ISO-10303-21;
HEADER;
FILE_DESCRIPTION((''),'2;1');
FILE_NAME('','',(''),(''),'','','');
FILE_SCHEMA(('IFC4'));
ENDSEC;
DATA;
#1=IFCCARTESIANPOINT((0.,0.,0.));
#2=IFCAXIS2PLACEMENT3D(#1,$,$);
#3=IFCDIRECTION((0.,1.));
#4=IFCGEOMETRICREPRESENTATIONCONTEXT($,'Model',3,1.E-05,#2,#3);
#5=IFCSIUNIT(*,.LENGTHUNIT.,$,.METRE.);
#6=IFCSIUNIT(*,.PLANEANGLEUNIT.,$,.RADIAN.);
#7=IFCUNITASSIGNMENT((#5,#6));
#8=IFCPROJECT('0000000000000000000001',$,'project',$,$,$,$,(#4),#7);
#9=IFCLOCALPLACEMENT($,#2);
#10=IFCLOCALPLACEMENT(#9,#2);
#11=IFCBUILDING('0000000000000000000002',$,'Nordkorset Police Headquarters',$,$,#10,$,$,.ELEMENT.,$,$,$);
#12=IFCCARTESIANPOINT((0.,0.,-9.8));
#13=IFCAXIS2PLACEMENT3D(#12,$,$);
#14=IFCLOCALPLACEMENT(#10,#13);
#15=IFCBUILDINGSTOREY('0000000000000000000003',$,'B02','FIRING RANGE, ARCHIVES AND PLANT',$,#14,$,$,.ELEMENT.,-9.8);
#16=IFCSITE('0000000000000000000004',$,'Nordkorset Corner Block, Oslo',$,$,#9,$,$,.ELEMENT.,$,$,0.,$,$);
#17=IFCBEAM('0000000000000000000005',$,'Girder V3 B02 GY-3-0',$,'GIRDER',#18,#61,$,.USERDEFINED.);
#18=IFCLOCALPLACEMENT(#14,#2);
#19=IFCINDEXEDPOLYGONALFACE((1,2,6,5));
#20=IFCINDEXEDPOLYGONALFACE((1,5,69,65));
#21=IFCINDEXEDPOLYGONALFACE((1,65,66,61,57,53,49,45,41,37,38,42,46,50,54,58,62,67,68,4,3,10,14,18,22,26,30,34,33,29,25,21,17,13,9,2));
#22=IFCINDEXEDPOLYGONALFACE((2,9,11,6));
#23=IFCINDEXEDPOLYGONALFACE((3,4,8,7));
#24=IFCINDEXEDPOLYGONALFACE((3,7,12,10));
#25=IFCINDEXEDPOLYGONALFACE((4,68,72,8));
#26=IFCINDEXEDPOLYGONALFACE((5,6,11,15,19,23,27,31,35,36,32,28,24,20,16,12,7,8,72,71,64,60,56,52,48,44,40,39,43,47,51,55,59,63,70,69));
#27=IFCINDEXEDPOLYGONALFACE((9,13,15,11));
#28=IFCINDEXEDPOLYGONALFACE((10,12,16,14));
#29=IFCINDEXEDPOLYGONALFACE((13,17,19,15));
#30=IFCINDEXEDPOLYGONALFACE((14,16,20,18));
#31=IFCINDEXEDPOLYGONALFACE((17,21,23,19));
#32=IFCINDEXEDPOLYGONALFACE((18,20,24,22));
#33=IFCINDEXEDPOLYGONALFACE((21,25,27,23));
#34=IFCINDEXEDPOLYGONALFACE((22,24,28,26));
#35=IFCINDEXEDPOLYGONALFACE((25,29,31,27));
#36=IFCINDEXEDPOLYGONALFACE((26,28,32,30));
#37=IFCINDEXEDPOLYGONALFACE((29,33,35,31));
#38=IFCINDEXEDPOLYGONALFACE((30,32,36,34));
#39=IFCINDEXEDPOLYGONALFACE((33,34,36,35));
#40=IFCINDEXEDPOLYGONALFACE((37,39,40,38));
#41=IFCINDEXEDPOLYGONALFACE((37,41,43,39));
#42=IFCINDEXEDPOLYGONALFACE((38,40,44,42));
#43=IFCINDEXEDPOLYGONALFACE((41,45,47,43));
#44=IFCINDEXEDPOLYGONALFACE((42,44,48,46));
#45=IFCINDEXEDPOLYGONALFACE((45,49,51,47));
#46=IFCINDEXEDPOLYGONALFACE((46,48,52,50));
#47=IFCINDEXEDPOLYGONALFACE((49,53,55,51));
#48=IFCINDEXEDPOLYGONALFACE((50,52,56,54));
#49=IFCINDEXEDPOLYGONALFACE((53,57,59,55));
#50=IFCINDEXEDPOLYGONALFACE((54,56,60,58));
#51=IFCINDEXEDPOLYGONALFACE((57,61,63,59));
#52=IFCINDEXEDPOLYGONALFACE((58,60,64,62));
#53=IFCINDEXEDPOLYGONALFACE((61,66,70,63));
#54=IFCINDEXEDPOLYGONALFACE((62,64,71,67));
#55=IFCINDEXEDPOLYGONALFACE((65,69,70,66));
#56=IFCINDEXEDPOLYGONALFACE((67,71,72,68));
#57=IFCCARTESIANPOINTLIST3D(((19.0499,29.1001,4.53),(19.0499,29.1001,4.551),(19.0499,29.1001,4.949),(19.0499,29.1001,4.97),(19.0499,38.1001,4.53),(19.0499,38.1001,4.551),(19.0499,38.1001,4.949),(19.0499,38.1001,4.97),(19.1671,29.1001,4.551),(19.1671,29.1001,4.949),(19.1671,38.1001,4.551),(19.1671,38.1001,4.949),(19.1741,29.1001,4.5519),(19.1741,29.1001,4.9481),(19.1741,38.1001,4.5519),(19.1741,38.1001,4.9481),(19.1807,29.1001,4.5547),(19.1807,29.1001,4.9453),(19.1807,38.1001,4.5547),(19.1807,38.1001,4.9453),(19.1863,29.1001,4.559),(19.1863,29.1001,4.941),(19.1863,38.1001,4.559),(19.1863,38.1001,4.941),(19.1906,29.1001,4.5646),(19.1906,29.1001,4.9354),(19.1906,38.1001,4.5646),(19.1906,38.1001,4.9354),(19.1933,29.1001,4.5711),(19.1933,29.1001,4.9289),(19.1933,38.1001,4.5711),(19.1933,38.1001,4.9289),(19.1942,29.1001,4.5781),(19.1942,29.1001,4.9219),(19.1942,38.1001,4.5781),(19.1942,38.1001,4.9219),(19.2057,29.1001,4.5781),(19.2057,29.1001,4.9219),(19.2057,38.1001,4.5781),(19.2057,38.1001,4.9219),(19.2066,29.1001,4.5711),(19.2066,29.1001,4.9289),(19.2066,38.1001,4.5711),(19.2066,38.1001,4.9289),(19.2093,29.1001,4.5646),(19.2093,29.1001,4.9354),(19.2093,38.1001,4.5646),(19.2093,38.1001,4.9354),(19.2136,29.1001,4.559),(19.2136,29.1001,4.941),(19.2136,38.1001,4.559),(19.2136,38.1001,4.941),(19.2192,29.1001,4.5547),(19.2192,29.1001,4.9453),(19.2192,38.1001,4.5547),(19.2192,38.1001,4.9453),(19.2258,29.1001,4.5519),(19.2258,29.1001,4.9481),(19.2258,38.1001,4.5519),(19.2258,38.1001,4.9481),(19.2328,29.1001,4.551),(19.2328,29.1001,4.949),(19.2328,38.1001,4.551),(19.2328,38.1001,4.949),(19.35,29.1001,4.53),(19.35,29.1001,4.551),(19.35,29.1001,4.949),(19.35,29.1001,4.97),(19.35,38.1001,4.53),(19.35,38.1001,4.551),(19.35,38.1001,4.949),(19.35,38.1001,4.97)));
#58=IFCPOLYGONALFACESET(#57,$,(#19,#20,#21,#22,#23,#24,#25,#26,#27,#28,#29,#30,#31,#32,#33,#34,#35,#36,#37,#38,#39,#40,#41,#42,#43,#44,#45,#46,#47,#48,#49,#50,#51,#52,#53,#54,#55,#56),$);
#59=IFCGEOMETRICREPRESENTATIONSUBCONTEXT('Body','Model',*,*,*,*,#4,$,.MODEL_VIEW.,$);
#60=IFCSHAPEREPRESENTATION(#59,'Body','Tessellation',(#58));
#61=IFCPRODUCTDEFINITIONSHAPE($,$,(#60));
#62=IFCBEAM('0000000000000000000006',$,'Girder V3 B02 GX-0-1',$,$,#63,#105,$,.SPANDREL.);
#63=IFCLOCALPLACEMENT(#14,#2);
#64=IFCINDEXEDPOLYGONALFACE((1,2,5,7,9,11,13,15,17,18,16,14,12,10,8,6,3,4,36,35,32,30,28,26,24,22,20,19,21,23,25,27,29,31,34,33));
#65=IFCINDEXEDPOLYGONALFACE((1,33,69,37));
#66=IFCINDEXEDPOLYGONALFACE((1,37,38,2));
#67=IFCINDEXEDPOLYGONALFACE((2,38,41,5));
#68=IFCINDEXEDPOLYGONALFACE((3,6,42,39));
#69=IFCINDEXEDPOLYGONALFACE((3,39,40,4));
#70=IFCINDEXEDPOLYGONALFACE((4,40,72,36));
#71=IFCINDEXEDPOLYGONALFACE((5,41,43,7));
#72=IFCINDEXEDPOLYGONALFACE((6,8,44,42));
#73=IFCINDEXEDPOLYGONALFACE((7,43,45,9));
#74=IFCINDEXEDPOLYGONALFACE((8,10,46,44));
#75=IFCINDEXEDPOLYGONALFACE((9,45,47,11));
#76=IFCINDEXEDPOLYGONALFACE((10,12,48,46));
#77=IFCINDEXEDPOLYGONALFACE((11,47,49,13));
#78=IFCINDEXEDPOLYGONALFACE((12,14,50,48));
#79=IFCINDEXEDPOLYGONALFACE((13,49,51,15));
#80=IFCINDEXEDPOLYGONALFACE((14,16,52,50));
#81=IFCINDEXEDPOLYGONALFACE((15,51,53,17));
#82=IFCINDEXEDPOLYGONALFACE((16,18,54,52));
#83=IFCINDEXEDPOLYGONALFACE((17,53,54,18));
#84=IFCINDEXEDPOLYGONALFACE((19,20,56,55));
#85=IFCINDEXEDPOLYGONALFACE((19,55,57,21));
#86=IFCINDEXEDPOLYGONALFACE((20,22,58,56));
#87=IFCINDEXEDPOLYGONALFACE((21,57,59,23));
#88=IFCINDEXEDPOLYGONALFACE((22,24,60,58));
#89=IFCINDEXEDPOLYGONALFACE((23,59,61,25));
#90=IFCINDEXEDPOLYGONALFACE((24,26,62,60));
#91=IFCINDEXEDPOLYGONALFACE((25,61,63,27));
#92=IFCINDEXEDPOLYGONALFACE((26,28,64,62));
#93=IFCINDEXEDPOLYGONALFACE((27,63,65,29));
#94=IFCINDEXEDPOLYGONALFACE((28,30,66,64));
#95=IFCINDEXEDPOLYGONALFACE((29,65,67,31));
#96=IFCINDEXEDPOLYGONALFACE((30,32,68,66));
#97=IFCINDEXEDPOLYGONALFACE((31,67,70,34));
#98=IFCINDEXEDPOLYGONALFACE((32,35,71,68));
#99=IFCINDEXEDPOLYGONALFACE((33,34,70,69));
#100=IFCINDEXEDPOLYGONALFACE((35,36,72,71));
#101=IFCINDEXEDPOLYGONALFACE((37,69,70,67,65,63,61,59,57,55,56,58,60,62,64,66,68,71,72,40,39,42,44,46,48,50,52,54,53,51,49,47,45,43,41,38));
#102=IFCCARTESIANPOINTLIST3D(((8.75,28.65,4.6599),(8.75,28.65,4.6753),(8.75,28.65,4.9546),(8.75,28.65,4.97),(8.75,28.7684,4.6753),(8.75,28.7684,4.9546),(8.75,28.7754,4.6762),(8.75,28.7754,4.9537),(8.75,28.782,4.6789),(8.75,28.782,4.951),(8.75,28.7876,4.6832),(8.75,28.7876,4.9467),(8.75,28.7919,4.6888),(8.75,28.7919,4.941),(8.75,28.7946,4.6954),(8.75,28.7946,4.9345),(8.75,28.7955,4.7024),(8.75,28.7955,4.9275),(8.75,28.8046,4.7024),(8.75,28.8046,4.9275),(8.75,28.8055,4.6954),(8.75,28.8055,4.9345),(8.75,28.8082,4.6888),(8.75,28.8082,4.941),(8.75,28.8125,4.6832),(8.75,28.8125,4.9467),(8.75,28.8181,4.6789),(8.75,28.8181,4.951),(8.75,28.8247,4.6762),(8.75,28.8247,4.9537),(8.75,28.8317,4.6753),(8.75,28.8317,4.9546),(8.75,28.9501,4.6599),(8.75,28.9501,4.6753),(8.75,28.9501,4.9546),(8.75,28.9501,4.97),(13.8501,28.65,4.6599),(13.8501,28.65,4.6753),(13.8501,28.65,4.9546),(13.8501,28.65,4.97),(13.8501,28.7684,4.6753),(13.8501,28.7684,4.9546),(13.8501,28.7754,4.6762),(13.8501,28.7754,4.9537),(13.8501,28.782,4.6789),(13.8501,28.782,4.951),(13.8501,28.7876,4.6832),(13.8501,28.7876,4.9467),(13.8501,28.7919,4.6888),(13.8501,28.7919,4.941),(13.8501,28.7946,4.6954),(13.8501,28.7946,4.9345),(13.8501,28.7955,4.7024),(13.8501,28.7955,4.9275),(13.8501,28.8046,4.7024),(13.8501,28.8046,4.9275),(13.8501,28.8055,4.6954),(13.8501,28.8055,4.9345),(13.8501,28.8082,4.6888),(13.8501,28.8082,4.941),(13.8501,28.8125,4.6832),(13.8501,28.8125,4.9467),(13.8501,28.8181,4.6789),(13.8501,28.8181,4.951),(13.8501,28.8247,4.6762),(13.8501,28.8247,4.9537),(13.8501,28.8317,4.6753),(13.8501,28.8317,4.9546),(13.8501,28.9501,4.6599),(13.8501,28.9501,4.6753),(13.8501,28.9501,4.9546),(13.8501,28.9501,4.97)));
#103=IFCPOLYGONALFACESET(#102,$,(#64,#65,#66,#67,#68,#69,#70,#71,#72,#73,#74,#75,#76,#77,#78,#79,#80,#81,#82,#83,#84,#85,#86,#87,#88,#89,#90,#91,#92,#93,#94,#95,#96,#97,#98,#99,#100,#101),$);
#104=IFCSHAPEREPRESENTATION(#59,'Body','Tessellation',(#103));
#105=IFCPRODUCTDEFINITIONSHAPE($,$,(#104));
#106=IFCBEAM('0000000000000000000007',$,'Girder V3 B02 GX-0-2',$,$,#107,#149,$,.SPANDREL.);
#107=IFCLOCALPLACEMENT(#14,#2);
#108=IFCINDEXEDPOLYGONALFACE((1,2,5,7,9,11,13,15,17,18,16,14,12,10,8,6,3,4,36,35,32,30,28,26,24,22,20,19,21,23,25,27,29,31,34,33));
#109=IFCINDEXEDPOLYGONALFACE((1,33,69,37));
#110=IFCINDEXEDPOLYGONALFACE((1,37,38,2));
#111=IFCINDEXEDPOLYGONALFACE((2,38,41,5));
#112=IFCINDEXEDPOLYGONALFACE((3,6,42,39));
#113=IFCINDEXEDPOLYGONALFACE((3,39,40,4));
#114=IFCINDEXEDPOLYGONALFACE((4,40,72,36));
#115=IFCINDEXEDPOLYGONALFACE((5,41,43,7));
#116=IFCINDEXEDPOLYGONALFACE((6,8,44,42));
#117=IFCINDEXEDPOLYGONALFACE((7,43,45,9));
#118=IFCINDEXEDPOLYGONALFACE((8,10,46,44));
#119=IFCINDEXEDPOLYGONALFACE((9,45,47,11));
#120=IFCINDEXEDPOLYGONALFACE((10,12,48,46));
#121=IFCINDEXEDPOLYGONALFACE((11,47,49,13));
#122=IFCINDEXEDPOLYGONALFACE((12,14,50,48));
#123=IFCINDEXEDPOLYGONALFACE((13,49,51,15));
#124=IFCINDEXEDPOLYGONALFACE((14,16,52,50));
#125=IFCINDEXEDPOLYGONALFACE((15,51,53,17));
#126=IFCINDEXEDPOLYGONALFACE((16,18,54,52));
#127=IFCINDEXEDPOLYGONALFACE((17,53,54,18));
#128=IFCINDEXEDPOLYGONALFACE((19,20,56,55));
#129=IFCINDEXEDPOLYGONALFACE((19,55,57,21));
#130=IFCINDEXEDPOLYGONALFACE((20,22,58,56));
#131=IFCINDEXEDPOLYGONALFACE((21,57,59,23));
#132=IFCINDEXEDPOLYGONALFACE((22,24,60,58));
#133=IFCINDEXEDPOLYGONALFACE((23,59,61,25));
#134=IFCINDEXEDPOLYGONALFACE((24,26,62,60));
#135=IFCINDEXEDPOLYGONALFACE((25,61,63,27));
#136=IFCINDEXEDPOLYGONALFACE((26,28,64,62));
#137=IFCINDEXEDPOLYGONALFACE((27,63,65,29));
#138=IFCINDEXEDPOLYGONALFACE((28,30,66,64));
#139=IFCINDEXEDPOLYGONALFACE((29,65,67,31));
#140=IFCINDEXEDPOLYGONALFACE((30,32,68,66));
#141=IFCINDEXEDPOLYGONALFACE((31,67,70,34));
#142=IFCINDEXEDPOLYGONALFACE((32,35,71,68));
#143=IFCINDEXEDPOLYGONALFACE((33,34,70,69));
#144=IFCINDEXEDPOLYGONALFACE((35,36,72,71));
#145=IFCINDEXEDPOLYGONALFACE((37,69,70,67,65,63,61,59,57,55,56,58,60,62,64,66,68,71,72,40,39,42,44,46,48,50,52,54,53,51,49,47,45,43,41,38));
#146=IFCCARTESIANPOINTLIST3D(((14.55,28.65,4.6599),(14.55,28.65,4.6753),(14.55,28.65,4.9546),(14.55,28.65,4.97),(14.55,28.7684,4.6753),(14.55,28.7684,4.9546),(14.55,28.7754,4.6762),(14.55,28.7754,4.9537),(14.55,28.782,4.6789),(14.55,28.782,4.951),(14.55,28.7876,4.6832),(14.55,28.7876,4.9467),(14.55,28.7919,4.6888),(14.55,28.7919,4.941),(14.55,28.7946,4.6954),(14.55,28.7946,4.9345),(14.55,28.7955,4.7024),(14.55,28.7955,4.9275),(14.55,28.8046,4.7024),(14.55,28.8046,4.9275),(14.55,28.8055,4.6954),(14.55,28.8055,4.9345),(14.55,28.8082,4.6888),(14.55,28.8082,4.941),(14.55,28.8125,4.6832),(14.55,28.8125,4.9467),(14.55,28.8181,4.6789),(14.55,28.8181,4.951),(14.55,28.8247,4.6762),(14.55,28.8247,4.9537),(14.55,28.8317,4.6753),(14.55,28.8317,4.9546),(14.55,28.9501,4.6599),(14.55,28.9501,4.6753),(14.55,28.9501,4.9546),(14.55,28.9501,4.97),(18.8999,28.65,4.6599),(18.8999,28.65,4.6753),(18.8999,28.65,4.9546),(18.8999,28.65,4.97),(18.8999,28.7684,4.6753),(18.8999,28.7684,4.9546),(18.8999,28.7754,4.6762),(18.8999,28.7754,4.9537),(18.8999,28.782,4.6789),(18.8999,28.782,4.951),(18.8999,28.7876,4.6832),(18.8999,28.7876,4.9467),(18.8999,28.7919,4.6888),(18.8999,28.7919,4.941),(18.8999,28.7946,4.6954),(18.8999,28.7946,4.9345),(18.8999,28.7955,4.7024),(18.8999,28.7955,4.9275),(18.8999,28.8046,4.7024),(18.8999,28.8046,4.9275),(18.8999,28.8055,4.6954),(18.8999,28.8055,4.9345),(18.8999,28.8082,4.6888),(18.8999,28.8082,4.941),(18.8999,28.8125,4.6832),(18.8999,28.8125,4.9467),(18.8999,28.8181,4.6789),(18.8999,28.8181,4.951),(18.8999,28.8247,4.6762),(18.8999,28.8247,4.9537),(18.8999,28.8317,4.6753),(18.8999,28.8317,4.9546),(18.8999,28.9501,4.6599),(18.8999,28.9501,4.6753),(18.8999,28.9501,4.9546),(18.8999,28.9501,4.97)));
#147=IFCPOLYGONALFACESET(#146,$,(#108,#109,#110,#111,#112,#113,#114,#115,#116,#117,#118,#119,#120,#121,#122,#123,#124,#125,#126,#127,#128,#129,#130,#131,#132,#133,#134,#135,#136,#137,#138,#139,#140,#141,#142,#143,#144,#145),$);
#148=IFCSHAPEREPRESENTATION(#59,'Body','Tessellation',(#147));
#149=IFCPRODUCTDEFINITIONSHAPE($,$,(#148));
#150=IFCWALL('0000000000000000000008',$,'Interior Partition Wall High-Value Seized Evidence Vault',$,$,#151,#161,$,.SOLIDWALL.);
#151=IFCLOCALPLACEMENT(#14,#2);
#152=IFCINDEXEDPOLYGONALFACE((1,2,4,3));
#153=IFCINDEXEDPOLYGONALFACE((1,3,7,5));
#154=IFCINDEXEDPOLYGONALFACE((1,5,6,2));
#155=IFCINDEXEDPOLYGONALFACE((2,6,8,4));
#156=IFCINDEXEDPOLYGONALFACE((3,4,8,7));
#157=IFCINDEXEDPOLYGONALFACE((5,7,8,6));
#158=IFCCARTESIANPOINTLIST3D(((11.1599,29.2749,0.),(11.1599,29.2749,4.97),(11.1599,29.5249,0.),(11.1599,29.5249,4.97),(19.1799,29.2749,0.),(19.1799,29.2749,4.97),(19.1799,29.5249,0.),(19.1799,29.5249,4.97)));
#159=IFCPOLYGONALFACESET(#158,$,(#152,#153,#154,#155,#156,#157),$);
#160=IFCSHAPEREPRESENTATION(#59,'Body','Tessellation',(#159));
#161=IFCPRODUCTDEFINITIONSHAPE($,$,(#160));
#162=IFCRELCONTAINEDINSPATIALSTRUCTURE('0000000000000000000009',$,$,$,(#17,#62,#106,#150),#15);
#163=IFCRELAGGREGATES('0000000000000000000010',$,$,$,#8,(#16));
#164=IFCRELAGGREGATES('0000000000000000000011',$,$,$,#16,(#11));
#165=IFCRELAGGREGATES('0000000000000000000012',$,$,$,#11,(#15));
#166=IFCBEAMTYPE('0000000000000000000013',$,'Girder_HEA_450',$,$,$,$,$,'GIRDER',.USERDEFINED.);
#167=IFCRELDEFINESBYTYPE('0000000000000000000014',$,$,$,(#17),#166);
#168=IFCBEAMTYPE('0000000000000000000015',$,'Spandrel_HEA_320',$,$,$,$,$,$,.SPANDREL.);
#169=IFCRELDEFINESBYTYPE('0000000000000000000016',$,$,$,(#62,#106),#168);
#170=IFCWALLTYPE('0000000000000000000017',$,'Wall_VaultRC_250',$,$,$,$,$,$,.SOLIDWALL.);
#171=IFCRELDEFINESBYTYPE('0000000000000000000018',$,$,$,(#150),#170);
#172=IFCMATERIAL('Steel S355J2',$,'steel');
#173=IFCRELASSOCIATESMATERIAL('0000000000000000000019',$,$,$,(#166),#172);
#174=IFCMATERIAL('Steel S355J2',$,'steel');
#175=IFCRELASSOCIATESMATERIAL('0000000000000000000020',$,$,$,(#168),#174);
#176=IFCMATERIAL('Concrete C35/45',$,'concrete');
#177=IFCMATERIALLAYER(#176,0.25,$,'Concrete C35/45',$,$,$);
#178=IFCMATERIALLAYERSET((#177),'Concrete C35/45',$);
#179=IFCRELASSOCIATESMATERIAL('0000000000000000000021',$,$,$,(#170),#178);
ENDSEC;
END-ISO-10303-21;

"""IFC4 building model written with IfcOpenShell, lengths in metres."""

from ifc_helpers import new_model, si_unit, direction, frame, frame_2d, origin, origin_2d, place, context, subcontext, project, spatial, rectangle, i_section, extrude, material, layer, layer_set, material_profile, profile_set, type_object, element, save


model = new_model("IFC4")

# Units and contexts
model_context = context("Model", 3, precision=1e-05, world=origin(), true_north=direction((0.0, 1.0)))
body_context = subcontext(model_context, "Body", "Model", "MODEL_VIEW")
ifc_project = project(units=[si_unit("LENGTHUNIT", "METRE"), si_unit("PLANEANGLEUNIT", "RADIAN")], contexts=[model_context])

# Site, building, storey
site_placement = place(None, origin())
site = spatial("IfcSite", under=ifc_project, at=site_placement, Name="Nordkorset Corner Block, Oslo", CompositionType="ELEMENT", RefElevation=0.0)
building_placement = place(site_placement, origin())
building = spatial("IfcBuilding", under=site, at=building_placement, Name="Nordkorset Police Headquarters", CompositionType="ELEMENT")
storey_placement = place(building_placement, frame((0.0, 0.0, -9.8)))
storey = spatial("IfcBuildingStorey", under=building, at=storey_placement, Name="B02", Description="FIRING RANGE, ARCHIVES AND PLANT", CompositionType="ELEMENT", Elevation=-9.8)

# Beams
ifc_material_1 = material(Name="Steel S355J2", Category="steel")
ifc_material_profile_1 = material_profile(ifc_material_1, i_section(OverallWidth=0.3, OverallDepth=0.4399, WebThickness=0.0115, FlangeThickness=0.021, FilletRadius=0.0271, at=origin_2d()), Name="HEA 450")
ifc_profile_set_1 = profile_set([ifc_material_profile_1], Name="Steel S355J2")
beam_type_1 = type_object("IfcBeamType", Name="Girder_HEA_450", ElementType="GIRDER", PredefinedType="USERDEFINED", material=ifc_profile_set_1)
beam_1_placement = place(storey_placement, frame((19.2, 29.1001, 4.75), z_axis=(0.0, 1.0, 0.0), x_axis=(-1.0, 0.0, 0.0)))
element("IfcBeam", 1, at=beam_1_placement, inside=storey, type_object=beam_type_1, Name="Girder V3 B02 GY-3-0", ObjectType="GIRDER", PredefinedType="USERDEFINED", context=body_context, shape_type="SweptSolid", body=[
    extrude(i_section(OverallWidth=0.3, OverallDepth=0.4399, WebThickness=0.0115, FlangeThickness=0.021, FilletRadius=0.0271, at=origin_2d()), origin(), (0.0, 0.0, 1.0), 9.0),
])
ifc_material_2 = material(Name="Steel S355J2", Category="steel")
ifc_material_profile_2 = material_profile(ifc_material_2, i_section(OverallWidth=0.3, OverallDepth=0.3101, WebThickness=0.009, FlangeThickness=0.0154, FilletRadius=0.0271, at=origin_2d()), Name="HEA 320")
ifc_profile_set_2 = profile_set([ifc_material_profile_2], Name="Steel S355J2")
beam_type_2 = type_object("IfcBeamType", Name="Spandrel_HEA_320", PredefinedType="SPANDREL", material=ifc_profile_set_2)
beam_2_placement = place(storey_placement, frame((8.75, 28.8, 4.8149), z_axis=(1.0, 0.0, 0.0), x_axis=(0.0, 1.0, 0.0)))
element("IfcBeam", 2, at=beam_2_placement, inside=storey, type_object=beam_type_2, Name="Girder V3 B02 GX-0-1", PredefinedType="SPANDREL", context=body_context, shape_type="SweptSolid", body=[
    extrude(i_section(OverallWidth=0.3, OverallDepth=0.3101, WebThickness=0.009, FlangeThickness=0.0154, FilletRadius=0.0271, at=origin_2d()), origin(), (0.0, 0.0, 1.0), 5.1001),
])
beam_3_placement = place(storey_placement, frame((14.55, 28.8, 4.8149), z_axis=(1.0, 0.0, 0.0), x_axis=(0.0, 1.0, 0.0)))
element("IfcBeam", 3, at=beam_3_placement, inside=storey, type_object=beam_type_2, Name="Girder V3 B02 GX-0-2", PredefinedType="SPANDREL", context=body_context, shape_type="SweptSolid", body=[
    extrude(i_section(OverallWidth=0.3, OverallDepth=0.3101, WebThickness=0.009, FlangeThickness=0.0154, FilletRadius=0.0271, at=origin_2d()), origin(), (0.0, 0.0, 1.0), 4.3499),
])

# Wall
ifc_material_3 = material(Name="Concrete C35/45", Category="concrete")
ifc_layer = layer(ifc_material_3, 0.25, Name="Concrete C35/45")
ifc_layer_set = layer_set([ifc_layer], Name="Concrete C35/45")
wall_type = type_object("IfcWallType", Name="Wall_VaultRC_250", PredefinedType="SOLIDWALL", material=ifc_layer_set)
wall_placement = place(storey_placement, frame((11.1599, 29.3999, 0.0), z_axis=(0.0, 0.0, 1.0), x_axis=(1.0, 0.0, 0.0)))
element("IfcWall", 4, at=wall_placement, inside=storey, type_object=wall_type, Name="Interior Partition Wall High-Value Seized Evidence Vault", PredefinedType="SOLIDWALL", context=body_context, shape_type="SweptSolid", body=[
    extrude(rectangle(XDim=8.02, YDim=0.25, at=frame_2d((4.01, 0.0))), origin(), (0.0, 0.0, 1.0), 4.97),
])

save(model, "model.ifc")
